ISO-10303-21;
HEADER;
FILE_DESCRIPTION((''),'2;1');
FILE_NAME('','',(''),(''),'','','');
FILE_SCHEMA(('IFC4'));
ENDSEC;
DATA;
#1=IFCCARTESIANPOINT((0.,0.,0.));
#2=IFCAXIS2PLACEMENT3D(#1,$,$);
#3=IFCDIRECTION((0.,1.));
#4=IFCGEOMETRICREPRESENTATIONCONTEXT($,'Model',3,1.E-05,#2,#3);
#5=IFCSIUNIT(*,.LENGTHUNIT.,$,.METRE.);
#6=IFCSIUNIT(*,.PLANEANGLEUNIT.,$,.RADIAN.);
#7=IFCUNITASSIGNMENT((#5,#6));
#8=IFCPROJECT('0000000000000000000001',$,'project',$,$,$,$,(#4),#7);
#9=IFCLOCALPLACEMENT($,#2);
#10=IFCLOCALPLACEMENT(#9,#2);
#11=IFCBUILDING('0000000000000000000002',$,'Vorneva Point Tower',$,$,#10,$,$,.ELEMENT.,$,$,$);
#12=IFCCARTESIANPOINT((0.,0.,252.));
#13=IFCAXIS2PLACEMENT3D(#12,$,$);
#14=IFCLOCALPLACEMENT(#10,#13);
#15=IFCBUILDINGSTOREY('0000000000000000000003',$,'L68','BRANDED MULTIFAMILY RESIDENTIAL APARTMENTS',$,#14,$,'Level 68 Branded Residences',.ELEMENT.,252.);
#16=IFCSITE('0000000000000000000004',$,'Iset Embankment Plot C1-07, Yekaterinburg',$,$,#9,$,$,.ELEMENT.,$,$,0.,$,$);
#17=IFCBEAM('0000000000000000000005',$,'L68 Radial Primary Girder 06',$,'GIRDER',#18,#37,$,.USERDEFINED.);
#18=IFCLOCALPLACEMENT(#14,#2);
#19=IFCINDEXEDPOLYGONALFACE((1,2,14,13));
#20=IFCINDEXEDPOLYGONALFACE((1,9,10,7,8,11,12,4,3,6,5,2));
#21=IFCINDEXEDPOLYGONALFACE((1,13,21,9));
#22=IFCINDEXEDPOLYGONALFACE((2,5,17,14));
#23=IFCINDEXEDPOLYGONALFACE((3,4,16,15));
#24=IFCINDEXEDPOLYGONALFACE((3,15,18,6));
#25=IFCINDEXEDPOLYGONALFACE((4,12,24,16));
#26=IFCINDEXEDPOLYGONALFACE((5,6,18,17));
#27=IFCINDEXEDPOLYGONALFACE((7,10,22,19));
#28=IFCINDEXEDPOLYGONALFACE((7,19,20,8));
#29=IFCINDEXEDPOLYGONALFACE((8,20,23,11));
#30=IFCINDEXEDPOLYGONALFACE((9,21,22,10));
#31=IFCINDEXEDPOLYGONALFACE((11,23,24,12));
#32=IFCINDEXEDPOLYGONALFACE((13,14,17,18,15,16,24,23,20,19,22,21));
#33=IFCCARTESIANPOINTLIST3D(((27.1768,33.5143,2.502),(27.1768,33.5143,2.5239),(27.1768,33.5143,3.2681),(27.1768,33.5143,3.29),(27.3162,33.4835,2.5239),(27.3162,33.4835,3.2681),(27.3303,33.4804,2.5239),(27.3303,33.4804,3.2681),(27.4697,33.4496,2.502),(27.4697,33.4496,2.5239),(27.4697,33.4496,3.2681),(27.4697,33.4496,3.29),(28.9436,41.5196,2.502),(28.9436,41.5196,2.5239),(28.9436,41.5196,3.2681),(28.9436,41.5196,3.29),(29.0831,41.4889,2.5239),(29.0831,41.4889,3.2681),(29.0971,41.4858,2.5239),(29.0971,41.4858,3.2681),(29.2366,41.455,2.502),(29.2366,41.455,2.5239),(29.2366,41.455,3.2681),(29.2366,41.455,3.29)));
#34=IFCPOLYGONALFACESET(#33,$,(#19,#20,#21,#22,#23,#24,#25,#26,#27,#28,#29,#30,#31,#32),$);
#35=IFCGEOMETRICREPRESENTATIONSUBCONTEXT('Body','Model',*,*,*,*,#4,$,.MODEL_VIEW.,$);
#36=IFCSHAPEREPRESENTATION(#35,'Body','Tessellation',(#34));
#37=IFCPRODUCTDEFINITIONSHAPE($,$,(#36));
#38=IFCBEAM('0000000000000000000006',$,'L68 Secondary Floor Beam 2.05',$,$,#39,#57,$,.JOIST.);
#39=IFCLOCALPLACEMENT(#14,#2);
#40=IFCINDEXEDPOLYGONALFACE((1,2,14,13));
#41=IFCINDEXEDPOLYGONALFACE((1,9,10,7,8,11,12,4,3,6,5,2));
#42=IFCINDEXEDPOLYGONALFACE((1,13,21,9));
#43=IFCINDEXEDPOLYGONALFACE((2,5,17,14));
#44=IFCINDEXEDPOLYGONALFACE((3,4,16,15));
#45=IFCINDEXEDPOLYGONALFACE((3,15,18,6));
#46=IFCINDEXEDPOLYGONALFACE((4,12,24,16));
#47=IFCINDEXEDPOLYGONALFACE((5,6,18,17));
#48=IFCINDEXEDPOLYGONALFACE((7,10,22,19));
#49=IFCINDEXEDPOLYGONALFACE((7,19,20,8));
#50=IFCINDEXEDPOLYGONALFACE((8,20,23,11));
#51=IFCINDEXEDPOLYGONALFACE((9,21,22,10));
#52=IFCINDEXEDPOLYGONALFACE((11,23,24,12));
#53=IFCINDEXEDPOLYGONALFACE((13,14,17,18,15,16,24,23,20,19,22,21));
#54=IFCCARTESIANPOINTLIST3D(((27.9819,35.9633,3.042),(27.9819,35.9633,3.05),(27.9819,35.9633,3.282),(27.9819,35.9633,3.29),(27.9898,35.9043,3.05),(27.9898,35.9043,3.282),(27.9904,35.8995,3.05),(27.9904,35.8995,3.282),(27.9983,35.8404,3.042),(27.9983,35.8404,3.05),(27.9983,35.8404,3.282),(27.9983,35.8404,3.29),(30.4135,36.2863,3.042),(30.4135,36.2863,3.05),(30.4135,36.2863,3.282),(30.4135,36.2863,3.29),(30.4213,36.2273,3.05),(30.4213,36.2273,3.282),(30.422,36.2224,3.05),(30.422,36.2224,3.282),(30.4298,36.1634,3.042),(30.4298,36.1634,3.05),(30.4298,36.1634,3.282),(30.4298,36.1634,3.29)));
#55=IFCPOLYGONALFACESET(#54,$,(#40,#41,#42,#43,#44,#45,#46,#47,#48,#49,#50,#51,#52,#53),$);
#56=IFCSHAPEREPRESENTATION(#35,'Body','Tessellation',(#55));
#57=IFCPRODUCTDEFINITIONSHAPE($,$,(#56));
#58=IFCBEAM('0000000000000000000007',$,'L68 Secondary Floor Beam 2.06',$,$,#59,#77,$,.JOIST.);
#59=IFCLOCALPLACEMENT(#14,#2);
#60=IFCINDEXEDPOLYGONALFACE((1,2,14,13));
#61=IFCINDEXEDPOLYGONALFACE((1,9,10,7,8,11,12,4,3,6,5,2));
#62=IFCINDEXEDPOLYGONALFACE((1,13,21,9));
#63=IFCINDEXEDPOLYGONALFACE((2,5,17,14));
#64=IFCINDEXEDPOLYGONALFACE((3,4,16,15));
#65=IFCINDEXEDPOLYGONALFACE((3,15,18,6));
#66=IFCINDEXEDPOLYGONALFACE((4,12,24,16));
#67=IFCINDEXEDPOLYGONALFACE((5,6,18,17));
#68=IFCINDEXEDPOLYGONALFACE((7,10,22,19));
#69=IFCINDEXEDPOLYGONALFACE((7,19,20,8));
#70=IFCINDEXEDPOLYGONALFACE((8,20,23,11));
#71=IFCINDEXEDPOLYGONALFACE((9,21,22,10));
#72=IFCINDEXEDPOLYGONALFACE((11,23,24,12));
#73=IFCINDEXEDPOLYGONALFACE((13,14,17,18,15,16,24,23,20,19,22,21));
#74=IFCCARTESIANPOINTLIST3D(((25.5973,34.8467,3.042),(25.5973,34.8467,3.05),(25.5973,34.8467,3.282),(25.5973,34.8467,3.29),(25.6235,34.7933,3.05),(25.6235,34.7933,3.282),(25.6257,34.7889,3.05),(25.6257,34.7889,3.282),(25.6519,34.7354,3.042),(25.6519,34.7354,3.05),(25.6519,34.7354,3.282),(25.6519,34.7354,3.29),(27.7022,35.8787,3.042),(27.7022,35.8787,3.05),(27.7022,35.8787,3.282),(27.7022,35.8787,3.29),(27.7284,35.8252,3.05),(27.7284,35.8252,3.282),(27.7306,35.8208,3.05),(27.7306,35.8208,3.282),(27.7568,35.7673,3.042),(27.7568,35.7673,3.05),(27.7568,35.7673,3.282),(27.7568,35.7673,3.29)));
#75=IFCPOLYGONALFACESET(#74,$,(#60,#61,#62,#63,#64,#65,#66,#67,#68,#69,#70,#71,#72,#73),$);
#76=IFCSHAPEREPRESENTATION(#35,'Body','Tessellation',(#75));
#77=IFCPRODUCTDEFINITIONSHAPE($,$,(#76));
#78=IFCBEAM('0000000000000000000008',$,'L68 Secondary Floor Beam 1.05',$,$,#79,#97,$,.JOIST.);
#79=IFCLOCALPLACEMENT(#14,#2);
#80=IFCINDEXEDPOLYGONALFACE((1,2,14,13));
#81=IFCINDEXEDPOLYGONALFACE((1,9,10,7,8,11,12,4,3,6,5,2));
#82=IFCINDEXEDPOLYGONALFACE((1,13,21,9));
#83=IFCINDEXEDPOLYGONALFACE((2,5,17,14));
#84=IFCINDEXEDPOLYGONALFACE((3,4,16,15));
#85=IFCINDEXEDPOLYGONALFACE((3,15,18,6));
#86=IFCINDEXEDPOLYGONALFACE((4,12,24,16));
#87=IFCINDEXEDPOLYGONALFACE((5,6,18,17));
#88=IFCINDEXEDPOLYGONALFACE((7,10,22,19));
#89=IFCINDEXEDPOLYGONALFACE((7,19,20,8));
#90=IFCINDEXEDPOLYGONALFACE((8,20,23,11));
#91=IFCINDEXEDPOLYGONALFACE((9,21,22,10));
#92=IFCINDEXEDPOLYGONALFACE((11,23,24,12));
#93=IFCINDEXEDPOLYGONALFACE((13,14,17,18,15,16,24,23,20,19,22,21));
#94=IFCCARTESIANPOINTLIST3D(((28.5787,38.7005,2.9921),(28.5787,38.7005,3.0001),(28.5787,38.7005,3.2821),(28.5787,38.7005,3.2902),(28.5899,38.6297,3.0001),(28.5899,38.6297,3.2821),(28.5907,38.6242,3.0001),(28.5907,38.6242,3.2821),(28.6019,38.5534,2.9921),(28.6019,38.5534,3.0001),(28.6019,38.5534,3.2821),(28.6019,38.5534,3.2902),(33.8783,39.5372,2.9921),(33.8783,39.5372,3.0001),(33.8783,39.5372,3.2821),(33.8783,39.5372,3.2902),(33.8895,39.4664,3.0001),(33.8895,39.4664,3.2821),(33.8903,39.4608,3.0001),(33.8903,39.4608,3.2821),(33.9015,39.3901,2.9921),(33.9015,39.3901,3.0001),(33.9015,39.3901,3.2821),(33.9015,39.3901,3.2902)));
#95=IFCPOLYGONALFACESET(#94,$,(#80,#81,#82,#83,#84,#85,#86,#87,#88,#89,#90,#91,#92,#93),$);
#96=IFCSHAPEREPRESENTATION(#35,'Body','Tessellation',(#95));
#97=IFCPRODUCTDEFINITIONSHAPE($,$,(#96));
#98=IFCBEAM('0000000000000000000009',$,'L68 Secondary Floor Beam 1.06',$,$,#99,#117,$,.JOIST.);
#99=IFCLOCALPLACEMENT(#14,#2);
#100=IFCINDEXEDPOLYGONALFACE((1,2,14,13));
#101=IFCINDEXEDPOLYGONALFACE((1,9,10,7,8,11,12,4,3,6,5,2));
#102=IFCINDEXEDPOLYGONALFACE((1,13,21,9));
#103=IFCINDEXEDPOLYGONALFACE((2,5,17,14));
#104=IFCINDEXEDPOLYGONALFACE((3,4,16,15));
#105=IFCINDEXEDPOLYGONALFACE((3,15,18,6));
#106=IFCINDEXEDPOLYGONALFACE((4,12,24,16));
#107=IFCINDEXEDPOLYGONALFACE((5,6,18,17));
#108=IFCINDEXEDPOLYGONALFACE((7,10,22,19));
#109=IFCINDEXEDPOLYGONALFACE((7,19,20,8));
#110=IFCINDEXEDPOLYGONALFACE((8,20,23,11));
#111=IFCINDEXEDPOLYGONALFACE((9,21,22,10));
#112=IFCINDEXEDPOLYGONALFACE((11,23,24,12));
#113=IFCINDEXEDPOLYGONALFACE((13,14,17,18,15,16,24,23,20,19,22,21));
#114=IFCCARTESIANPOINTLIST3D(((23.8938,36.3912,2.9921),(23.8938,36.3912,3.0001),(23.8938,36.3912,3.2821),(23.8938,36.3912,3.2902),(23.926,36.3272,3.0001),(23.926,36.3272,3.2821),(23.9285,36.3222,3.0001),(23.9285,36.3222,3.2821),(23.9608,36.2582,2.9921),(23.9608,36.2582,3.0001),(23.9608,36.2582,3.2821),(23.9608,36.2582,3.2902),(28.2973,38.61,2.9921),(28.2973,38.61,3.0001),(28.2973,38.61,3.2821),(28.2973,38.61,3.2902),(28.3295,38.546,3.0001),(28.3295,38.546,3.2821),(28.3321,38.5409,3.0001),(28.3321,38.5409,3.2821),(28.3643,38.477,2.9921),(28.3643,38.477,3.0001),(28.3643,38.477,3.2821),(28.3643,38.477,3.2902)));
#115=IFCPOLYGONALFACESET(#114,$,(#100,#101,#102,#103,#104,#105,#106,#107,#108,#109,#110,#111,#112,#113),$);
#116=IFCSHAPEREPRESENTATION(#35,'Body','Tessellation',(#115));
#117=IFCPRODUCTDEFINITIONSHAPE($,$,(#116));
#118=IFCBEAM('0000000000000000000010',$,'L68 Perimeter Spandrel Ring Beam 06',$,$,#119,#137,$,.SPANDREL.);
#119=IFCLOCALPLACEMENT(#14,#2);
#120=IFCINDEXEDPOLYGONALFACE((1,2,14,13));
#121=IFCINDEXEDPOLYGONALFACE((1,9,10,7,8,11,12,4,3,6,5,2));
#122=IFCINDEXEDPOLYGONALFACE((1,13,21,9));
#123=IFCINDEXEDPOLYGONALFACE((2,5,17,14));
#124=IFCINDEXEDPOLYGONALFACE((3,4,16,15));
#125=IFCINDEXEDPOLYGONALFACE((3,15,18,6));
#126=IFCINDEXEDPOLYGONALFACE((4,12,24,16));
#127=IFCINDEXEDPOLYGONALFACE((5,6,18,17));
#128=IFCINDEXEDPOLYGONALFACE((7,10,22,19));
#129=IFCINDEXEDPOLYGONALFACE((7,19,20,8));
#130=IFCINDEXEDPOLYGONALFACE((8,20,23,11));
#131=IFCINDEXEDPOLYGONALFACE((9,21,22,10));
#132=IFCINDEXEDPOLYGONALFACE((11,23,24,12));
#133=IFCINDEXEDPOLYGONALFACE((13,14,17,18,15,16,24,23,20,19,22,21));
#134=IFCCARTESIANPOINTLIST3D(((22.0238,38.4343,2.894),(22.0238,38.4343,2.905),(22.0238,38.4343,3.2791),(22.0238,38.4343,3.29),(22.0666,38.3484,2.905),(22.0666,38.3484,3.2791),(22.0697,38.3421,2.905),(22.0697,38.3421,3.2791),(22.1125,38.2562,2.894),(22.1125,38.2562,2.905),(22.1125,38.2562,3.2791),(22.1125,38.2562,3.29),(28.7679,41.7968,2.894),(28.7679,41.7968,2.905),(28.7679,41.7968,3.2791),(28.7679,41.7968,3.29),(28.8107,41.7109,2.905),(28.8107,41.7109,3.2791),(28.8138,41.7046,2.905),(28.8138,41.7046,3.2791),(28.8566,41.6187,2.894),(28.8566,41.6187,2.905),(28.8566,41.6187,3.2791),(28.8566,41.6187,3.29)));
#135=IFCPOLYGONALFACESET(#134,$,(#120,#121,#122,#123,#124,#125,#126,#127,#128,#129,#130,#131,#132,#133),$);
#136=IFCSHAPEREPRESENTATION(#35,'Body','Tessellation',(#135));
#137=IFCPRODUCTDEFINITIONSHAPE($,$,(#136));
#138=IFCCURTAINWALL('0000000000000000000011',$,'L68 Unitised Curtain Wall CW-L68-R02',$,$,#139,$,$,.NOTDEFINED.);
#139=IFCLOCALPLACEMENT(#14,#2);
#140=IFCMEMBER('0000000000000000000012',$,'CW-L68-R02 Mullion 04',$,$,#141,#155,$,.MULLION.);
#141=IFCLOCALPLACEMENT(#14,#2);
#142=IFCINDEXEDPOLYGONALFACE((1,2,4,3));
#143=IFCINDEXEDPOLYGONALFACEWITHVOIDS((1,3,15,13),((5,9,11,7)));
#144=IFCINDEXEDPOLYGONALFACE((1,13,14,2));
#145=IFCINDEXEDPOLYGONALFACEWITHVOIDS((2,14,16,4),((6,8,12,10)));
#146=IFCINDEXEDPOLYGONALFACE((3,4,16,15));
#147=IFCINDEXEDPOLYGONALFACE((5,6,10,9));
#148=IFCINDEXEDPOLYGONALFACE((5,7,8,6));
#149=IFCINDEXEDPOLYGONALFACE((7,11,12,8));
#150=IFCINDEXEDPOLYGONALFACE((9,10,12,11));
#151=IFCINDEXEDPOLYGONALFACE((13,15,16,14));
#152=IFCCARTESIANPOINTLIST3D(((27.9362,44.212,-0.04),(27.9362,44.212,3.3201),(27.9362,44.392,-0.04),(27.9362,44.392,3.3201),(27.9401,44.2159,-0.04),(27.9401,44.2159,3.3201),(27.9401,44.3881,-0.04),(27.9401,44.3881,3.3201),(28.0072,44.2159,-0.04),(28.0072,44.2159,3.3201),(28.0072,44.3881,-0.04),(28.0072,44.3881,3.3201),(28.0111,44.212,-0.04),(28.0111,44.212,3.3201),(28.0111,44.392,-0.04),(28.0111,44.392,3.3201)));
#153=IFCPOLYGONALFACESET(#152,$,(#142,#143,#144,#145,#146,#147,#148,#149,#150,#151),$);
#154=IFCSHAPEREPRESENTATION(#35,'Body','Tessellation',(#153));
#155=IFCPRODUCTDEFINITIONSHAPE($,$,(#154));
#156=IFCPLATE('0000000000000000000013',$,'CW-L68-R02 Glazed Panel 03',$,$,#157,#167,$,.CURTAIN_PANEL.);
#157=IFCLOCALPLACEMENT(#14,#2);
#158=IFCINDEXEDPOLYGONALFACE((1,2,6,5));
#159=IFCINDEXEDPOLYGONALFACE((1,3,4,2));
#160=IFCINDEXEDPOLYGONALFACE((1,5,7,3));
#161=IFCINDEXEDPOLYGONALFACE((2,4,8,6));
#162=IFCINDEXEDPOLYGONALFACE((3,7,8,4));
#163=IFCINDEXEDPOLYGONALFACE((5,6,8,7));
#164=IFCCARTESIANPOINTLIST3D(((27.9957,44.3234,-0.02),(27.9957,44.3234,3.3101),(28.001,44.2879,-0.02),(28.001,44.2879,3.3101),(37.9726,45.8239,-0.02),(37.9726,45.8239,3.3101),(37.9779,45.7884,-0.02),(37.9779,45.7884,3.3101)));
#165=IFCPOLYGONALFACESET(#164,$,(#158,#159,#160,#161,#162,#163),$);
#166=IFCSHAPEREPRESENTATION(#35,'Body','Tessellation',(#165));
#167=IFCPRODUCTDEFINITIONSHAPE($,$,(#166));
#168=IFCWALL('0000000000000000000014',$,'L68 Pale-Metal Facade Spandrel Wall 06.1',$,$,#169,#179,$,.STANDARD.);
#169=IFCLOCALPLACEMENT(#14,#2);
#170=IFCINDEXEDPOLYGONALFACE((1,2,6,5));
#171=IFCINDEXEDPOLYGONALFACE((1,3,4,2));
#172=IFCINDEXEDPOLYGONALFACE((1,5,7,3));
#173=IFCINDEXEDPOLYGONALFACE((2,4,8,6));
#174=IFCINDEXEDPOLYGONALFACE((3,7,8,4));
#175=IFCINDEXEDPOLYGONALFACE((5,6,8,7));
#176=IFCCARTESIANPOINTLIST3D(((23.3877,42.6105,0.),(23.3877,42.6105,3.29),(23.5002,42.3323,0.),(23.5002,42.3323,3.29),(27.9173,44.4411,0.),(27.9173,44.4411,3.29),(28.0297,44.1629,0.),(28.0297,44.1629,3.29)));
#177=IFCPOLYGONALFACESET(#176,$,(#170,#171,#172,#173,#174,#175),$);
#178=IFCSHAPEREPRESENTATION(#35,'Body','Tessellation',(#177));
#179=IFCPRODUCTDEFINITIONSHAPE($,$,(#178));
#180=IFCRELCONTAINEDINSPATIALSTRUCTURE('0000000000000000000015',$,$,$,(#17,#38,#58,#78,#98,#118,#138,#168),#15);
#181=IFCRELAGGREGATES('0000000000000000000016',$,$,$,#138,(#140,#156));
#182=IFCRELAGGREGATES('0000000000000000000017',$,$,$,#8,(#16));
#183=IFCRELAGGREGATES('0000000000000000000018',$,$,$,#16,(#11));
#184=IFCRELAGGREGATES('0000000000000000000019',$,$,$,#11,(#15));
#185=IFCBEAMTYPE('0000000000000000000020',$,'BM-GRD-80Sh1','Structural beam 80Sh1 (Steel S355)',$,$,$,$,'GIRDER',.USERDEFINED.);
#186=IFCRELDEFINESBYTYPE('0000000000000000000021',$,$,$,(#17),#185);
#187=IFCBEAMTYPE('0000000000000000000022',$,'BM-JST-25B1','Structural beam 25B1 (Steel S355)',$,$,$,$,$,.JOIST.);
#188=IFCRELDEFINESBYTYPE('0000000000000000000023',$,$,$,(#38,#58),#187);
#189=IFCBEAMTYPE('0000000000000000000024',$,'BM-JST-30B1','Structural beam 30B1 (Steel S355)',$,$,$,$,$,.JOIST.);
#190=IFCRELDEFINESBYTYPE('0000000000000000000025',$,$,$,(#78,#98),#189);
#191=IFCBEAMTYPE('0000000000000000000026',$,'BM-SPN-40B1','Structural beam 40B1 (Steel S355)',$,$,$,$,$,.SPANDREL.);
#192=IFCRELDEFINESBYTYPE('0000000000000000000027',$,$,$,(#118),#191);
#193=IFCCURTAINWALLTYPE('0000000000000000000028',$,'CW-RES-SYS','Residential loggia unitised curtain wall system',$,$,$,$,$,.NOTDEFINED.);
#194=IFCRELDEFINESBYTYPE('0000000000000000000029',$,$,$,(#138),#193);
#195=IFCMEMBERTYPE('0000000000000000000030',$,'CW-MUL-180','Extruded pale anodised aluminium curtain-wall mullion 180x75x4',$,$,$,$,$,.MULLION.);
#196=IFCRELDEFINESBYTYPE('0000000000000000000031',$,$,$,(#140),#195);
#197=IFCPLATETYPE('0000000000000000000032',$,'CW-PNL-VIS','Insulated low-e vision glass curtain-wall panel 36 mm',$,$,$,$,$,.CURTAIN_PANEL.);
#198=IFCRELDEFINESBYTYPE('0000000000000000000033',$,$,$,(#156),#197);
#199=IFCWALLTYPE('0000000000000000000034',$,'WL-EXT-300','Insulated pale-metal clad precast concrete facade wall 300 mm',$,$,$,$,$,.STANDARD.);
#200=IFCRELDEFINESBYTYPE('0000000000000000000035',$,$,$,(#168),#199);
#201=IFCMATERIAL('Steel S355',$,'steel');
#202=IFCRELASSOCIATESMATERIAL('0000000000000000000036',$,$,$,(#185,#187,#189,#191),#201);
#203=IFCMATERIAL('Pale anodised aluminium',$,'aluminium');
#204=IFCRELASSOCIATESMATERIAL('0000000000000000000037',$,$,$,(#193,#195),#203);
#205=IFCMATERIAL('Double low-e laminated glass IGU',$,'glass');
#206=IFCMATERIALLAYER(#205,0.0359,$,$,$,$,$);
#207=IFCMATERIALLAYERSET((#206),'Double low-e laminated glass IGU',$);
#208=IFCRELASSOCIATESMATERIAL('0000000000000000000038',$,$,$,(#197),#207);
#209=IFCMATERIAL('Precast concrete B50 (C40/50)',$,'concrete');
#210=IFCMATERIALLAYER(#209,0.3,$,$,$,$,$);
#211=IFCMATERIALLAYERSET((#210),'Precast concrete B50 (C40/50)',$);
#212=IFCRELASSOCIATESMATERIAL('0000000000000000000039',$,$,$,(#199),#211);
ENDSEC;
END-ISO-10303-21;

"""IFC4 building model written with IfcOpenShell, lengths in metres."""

from ifc_helpers import new_model, si_unit, direction, frame, frame_2d, origin, origin_2d, place, context, subcontext, project, spatial, rectangle, hollow_rectangle, i_section, extrude, material, layer, layer_set, material_profile, profile_set, type_object, element, aggregate, save


model = new_model("IFC4")

# Units and contexts
model_context = context("Model", 3, precision=1e-05, world=origin(), true_north=direction((0.0, 1.0)))
body_context = subcontext(model_context, "Body", "Model", "MODEL_VIEW")
ifc_project = project(units=[si_unit("LENGTHUNIT", "METRE"), si_unit("PLANEANGLEUNIT", "RADIAN")], contexts=[model_context])

# Site, building, storey
site_placement = place(None, origin())
site = spatial("IfcSite", under=ifc_project, at=site_placement, Name="Iset Embankment Plot C1-07, Yekaterinburg", CompositionType="ELEMENT", RefElevation=0.0)
building_placement = place(site_placement, origin())
building = spatial("IfcBuilding", under=site, at=building_placement, Name="Vorneva Point Tower", CompositionType="ELEMENT")
storey_placement = place(building_placement, frame((0.0, 0.0, 252.0)))
storey = spatial("IfcBuildingStorey", under=building, at=storey_placement, Name="L68", Description="BRANDED MULTIFAMILY RESIDENTIAL APARTMENTS", LongName="Level 68 Branded Residences", CompositionType="ELEMENT", Elevation=252.0)

# Beams
ifc_material_1 = material(Name="Steel S355", Category="steel")
ifc_material_profile_1 = material_profile(ifc_material_1, i_section(OverallWidth=0.3, OverallDepth=0.7881, WebThickness=0.0144, FlangeThickness=0.022, at=origin_2d()), Name="80Sh1")
ifc_profile_set_1 = profile_set([ifc_material_profile_1], Name="Steel S355")
beam_type_1 = type_object("IfcBeamType", Name="BM-GRD-80Sh1", Description="Structural beam 80Sh1 (Steel S355)", ElementType="GIRDER", PredefinedType="USERDEFINED", material=ifc_profile_set_1)
beam_1_placement = place(storey_placement, frame((29.0901, 41.4873, 2.896), z_axis=(-0.215521, -0.976499, 0.0), x_axis=(0.976499, -0.215521, 0.0)))
element("IfcBeam", 1, at=beam_1_placement, inside=storey, type_object=beam_type_1, Name="L68 Radial Primary Girder 06", ObjectType="GIRDER", PredefinedType="USERDEFINED", context=body_context, shape_type="SweptSolid", body=[
    extrude(i_section(OverallWidth=0.3, OverallDepth=0.7881, WebThickness=0.0144, FlangeThickness=0.022, at=origin_2d()), origin(), (0.0, 0.0, 1.0), 8.198),
])
ifc_material_profile_2 = material_profile(ifc_material_1, i_section(OverallWidth=0.124, OverallDepth=0.248, WebThickness=0.0049, FlangeThickness=0.0081, at=origin_2d()), Name="25B1")
ifc_profile_set_2 = profile_set([ifc_material_profile_2], Name="Steel S355")
beam_type_2 = type_object("IfcBeamType", Name="BM-JST-25B1", Description="Structural beam 25B1 (Steel S355)", PredefinedType="JOIST", material=ifc_profile_set_2)
beam_2_placement = place(storey_placement, frame((30.4216, 36.2249, 3.166), z_axis=(-0.991293, -0.131675, 0.0), x_axis=(0.131675, -0.991293, 0.0)))
element("IfcBeam", 2, at=beam_2_placement, inside=storey, type_object=beam_type_2, Name="L68 Secondary Floor Beam 2.05", PredefinedType="JOIST", context=body_context, shape_type="SweptSolid", body=[
    extrude(i_section(OverallWidth=0.124, OverallDepth=0.248, WebThickness=0.0049, FlangeThickness=0.0081, at=origin_2d()), origin(), (0.0, 0.0, 1.0), 2.4529),
])
beam_3_placement = place(storey_placement, frame((27.7295, 35.823, 3.166), z_axis=(-0.897899, -0.440202, 0.0), x_axis=(0.440202, -0.897899, 0.0)))
element("IfcBeam", 3, at=beam_3_placement, inside=storey, type_object=beam_type_2, Name="L68 Secondary Floor Beam 2.06", PredefinedType="JOIST", context=body_context, shape_type="SweptSolid", body=[
    extrude(i_section(OverallWidth=0.124, OverallDepth=0.248, WebThickness=0.0049, FlangeThickness=0.0081, at=origin_2d()), origin(), (0.0, 0.0, 1.0), 2.3442),
])
ifc_material_profile_3 = material_profile(ifc_material_1, i_section(OverallWidth=0.1489, OverallDepth=0.2981, WebThickness=0.0056, FlangeThickness=0.0081, at=origin_2d()), Name="30B1")
ifc_profile_set_3 = profile_set([ifc_material_profile_3], Name="Steel S355")
beam_type_3 = type_object("IfcBeamType", Name="BM-JST-30B1", Description="Structural beam 30B1 (Steel S355)", PredefinedType="JOIST", material=ifc_profile_set_3)
beam_4_placement = place(storey_placement, frame((33.8899, 39.4636, 3.1411), z_axis=(-0.987766, -0.155944, 0.0), x_axis=(0.155944, -0.987766, 0.0)))
element("IfcBeam", 4, at=beam_4_placement, inside=storey, type_object=beam_type_3, Name="L68 Secondary Floor Beam 1.05", PredefinedType="JOIST", context=body_context, shape_type="SweptSolid", body=[
    extrude(i_section(OverallWidth=0.1489, OverallDepth=0.2981, WebThickness=0.0056, FlangeThickness=0.0081, at=origin_2d()), origin(), (0.0, 0.0, 1.0), 5.3652),
])
beam_5_placement = place(storey_placement, frame((28.3308, 38.5435, 3.1411), z_axis=(-0.893047, -0.449964, 0.0), x_axis=(0.449964, -0.893047, 0.0)))
element("IfcBeam", 5, at=beam_5_placement, inside=storey, type_object=beam_type_3, Name="L68 Secondary Floor Beam 1.06", PredefinedType="JOIST", context=body_context, shape_type="SweptSolid", body=[
    extrude(i_section(OverallWidth=0.1489, OverallDepth=0.2981, WebThickness=0.0056, FlangeThickness=0.0081, at=origin_2d()), origin(), (0.0, 0.0, 1.0), 4.9309),
])
ifc_material_profile_4 = material_profile(ifc_material_1, i_section(OverallWidth=0.199, OverallDepth=0.396, WebThickness=0.0071, FlangeThickness=0.011, at=origin_2d()), Name="40B1")
ifc_profile_set_4 = profile_set([ifc_material_profile_4], Name="Steel S355")
beam_type_4 = type_object("IfcBeamType", Name="BM-SPN-40B1", Description="Structural beam 40B1 (Steel S355)", PredefinedType="SPANDREL", material=ifc_profile_set_4)
beam_6_placement = place(storey_placement, frame((28.8123, 41.7078, 3.092), z_axis=(-0.894932, -0.446203, 0.0), x_axis=(0.446203, -0.894932, 0.0)))
element("IfcBeam", 6, at=beam_6_placement, inside=storey, type_object=beam_type_4, Name="L68 Perimeter Spandrel Ring Beam 06", PredefinedType="SPANDREL", context=body_context, shape_type="SweptSolid", body=[
    extrude(i_section(OverallWidth=0.199, OverallDepth=0.396, WebThickness=0.0071, FlangeThickness=0.011, at=origin_2d()), origin(), (0.0, 0.0, 1.0), 7.5359),
])

# Curtain wall, member, plate
ifc_material_2 = material(Name="Pale anodised aluminium", Category="aluminium")
curtain_wall_type = type_object("IfcCurtainWallType", Name="CW-RES-SYS", Description="Residential loggia unitised curtain wall system", PredefinedType="NOTDEFINED", material=ifc_material_2)
curtain_wall_placement = place(storey_placement, origin())
curtain_wall = element("IfcCurtainWall", 7, at=curtain_wall_placement, inside=storey, type_object=curtain_wall_type, Name="L68 Unitised Curtain Wall CW-L68-R02", PredefinedType="NOTDEFINED")
ifc_material_profile_5 = material_profile(ifc_material_2, hollow_rectangle(XDim=0.075, YDim=0.1799, WallThickness=0.0039, at=origin_2d()), Name="AL-MUL 180x75x4")
ifc_profile_set_5 = profile_set([ifc_material_profile_5], Name="Pale anodised aluminium")
member_type = type_object("IfcMemberType", Name="CW-MUL-180", Description="Extruded pale anodised aluminium curtain-wall mullion 180x75x4", PredefinedType="MULLION", material=ifc_profile_set_5)
member_placement = place(storey_placement, frame((27.9736, 44.302, -0.04), z_axis=(0.0, 0.0, 1.0), x_axis=(1.0, 0.0, 0.0)))
member = element("IfcMember", 8, at=member_placement, type_object=member_type, Name="CW-L68-R02 Mullion 04", PredefinedType="MULLION", context=body_context, shape_type="SweptSolid", body=[
    extrude(hollow_rectangle(XDim=0.075, YDim=0.1799, WallThickness=0.0039, at=origin_2d()), origin(), (0.0, 0.0, 1.0), 3.3601),
])
ifc_material_3 = material(Name="Double low-e laminated glass IGU", Category="glass")
ifc_layer_1 = layer(ifc_material_3, 0.0359)
ifc_layer_set_1 = layer_set([ifc_layer_1], Name="Double low-e laminated glass IGU")
plate_type = type_object("IfcPlateType", Name="CW-PNL-VIS", Description="Insulated low-e vision glass curtain-wall panel 36 mm", PredefinedType="CURTAIN_PANEL", material=ifc_layer_set_1)
plate_placement = place(storey_placement, frame((32.9868, 45.0559, -0.02), z_axis=(0.0, 0.0, 1.0), x_axis=(-0.988879, -0.148724, 0.0)))
plate = element("IfcPlate", 9, at=plate_placement, type_object=plate_type, Name="CW-L68-R02 Glazed Panel 03", PredefinedType="CURTAIN_PANEL", context=body_context, shape_type="SweptSolid", body=[
    extrude(rectangle(XDim=10.0891, YDim=0.0359, at=origin_2d()), origin(), (0.0, 0.0, 1.0), 3.3301),
])
aggregate(curtain_wall, [member, plate])

# Wall
ifc_material_4 = material(Name="Precast concrete B50 (C40/50)", Category="concrete")
ifc_layer_2 = layer(ifc_material_4, 0.3)
ifc_layer_set_2 = layer_set([ifc_layer_2], Name="Precast concrete B50 (C40/50)")
wall_type_1 = type_object("IfcWallType", Name="WL-EXT-300", Description="Insulated pale-metal clad precast concrete facade wall 300 mm", PredefinedType="STANDARD", material=ifc_layer_set_2)
wall_1_placement = place(storey_placement, frame((27.9736, 44.302, 0.0), z_axis=(0.0, 0.0, 1.0), x_axis=(-0.927147, -0.374697, 0.0)))
element("IfcWall", 10, at=wall_1_placement, inside=storey, type_object=wall_type_1, Name="L68 Pale-Metal Facade Spandrel Wall 06.1", PredefinedType="STANDARD", context=body_context, shape_type="SweptSolid", body=[
    extrude(rectangle(XDim=4.8855, YDim=0.3, at=frame_2d((2.4429, 0.0))), origin(), (0.0, 0.0, 1.0), 3.29),
])

save(model, "model.ifc")
